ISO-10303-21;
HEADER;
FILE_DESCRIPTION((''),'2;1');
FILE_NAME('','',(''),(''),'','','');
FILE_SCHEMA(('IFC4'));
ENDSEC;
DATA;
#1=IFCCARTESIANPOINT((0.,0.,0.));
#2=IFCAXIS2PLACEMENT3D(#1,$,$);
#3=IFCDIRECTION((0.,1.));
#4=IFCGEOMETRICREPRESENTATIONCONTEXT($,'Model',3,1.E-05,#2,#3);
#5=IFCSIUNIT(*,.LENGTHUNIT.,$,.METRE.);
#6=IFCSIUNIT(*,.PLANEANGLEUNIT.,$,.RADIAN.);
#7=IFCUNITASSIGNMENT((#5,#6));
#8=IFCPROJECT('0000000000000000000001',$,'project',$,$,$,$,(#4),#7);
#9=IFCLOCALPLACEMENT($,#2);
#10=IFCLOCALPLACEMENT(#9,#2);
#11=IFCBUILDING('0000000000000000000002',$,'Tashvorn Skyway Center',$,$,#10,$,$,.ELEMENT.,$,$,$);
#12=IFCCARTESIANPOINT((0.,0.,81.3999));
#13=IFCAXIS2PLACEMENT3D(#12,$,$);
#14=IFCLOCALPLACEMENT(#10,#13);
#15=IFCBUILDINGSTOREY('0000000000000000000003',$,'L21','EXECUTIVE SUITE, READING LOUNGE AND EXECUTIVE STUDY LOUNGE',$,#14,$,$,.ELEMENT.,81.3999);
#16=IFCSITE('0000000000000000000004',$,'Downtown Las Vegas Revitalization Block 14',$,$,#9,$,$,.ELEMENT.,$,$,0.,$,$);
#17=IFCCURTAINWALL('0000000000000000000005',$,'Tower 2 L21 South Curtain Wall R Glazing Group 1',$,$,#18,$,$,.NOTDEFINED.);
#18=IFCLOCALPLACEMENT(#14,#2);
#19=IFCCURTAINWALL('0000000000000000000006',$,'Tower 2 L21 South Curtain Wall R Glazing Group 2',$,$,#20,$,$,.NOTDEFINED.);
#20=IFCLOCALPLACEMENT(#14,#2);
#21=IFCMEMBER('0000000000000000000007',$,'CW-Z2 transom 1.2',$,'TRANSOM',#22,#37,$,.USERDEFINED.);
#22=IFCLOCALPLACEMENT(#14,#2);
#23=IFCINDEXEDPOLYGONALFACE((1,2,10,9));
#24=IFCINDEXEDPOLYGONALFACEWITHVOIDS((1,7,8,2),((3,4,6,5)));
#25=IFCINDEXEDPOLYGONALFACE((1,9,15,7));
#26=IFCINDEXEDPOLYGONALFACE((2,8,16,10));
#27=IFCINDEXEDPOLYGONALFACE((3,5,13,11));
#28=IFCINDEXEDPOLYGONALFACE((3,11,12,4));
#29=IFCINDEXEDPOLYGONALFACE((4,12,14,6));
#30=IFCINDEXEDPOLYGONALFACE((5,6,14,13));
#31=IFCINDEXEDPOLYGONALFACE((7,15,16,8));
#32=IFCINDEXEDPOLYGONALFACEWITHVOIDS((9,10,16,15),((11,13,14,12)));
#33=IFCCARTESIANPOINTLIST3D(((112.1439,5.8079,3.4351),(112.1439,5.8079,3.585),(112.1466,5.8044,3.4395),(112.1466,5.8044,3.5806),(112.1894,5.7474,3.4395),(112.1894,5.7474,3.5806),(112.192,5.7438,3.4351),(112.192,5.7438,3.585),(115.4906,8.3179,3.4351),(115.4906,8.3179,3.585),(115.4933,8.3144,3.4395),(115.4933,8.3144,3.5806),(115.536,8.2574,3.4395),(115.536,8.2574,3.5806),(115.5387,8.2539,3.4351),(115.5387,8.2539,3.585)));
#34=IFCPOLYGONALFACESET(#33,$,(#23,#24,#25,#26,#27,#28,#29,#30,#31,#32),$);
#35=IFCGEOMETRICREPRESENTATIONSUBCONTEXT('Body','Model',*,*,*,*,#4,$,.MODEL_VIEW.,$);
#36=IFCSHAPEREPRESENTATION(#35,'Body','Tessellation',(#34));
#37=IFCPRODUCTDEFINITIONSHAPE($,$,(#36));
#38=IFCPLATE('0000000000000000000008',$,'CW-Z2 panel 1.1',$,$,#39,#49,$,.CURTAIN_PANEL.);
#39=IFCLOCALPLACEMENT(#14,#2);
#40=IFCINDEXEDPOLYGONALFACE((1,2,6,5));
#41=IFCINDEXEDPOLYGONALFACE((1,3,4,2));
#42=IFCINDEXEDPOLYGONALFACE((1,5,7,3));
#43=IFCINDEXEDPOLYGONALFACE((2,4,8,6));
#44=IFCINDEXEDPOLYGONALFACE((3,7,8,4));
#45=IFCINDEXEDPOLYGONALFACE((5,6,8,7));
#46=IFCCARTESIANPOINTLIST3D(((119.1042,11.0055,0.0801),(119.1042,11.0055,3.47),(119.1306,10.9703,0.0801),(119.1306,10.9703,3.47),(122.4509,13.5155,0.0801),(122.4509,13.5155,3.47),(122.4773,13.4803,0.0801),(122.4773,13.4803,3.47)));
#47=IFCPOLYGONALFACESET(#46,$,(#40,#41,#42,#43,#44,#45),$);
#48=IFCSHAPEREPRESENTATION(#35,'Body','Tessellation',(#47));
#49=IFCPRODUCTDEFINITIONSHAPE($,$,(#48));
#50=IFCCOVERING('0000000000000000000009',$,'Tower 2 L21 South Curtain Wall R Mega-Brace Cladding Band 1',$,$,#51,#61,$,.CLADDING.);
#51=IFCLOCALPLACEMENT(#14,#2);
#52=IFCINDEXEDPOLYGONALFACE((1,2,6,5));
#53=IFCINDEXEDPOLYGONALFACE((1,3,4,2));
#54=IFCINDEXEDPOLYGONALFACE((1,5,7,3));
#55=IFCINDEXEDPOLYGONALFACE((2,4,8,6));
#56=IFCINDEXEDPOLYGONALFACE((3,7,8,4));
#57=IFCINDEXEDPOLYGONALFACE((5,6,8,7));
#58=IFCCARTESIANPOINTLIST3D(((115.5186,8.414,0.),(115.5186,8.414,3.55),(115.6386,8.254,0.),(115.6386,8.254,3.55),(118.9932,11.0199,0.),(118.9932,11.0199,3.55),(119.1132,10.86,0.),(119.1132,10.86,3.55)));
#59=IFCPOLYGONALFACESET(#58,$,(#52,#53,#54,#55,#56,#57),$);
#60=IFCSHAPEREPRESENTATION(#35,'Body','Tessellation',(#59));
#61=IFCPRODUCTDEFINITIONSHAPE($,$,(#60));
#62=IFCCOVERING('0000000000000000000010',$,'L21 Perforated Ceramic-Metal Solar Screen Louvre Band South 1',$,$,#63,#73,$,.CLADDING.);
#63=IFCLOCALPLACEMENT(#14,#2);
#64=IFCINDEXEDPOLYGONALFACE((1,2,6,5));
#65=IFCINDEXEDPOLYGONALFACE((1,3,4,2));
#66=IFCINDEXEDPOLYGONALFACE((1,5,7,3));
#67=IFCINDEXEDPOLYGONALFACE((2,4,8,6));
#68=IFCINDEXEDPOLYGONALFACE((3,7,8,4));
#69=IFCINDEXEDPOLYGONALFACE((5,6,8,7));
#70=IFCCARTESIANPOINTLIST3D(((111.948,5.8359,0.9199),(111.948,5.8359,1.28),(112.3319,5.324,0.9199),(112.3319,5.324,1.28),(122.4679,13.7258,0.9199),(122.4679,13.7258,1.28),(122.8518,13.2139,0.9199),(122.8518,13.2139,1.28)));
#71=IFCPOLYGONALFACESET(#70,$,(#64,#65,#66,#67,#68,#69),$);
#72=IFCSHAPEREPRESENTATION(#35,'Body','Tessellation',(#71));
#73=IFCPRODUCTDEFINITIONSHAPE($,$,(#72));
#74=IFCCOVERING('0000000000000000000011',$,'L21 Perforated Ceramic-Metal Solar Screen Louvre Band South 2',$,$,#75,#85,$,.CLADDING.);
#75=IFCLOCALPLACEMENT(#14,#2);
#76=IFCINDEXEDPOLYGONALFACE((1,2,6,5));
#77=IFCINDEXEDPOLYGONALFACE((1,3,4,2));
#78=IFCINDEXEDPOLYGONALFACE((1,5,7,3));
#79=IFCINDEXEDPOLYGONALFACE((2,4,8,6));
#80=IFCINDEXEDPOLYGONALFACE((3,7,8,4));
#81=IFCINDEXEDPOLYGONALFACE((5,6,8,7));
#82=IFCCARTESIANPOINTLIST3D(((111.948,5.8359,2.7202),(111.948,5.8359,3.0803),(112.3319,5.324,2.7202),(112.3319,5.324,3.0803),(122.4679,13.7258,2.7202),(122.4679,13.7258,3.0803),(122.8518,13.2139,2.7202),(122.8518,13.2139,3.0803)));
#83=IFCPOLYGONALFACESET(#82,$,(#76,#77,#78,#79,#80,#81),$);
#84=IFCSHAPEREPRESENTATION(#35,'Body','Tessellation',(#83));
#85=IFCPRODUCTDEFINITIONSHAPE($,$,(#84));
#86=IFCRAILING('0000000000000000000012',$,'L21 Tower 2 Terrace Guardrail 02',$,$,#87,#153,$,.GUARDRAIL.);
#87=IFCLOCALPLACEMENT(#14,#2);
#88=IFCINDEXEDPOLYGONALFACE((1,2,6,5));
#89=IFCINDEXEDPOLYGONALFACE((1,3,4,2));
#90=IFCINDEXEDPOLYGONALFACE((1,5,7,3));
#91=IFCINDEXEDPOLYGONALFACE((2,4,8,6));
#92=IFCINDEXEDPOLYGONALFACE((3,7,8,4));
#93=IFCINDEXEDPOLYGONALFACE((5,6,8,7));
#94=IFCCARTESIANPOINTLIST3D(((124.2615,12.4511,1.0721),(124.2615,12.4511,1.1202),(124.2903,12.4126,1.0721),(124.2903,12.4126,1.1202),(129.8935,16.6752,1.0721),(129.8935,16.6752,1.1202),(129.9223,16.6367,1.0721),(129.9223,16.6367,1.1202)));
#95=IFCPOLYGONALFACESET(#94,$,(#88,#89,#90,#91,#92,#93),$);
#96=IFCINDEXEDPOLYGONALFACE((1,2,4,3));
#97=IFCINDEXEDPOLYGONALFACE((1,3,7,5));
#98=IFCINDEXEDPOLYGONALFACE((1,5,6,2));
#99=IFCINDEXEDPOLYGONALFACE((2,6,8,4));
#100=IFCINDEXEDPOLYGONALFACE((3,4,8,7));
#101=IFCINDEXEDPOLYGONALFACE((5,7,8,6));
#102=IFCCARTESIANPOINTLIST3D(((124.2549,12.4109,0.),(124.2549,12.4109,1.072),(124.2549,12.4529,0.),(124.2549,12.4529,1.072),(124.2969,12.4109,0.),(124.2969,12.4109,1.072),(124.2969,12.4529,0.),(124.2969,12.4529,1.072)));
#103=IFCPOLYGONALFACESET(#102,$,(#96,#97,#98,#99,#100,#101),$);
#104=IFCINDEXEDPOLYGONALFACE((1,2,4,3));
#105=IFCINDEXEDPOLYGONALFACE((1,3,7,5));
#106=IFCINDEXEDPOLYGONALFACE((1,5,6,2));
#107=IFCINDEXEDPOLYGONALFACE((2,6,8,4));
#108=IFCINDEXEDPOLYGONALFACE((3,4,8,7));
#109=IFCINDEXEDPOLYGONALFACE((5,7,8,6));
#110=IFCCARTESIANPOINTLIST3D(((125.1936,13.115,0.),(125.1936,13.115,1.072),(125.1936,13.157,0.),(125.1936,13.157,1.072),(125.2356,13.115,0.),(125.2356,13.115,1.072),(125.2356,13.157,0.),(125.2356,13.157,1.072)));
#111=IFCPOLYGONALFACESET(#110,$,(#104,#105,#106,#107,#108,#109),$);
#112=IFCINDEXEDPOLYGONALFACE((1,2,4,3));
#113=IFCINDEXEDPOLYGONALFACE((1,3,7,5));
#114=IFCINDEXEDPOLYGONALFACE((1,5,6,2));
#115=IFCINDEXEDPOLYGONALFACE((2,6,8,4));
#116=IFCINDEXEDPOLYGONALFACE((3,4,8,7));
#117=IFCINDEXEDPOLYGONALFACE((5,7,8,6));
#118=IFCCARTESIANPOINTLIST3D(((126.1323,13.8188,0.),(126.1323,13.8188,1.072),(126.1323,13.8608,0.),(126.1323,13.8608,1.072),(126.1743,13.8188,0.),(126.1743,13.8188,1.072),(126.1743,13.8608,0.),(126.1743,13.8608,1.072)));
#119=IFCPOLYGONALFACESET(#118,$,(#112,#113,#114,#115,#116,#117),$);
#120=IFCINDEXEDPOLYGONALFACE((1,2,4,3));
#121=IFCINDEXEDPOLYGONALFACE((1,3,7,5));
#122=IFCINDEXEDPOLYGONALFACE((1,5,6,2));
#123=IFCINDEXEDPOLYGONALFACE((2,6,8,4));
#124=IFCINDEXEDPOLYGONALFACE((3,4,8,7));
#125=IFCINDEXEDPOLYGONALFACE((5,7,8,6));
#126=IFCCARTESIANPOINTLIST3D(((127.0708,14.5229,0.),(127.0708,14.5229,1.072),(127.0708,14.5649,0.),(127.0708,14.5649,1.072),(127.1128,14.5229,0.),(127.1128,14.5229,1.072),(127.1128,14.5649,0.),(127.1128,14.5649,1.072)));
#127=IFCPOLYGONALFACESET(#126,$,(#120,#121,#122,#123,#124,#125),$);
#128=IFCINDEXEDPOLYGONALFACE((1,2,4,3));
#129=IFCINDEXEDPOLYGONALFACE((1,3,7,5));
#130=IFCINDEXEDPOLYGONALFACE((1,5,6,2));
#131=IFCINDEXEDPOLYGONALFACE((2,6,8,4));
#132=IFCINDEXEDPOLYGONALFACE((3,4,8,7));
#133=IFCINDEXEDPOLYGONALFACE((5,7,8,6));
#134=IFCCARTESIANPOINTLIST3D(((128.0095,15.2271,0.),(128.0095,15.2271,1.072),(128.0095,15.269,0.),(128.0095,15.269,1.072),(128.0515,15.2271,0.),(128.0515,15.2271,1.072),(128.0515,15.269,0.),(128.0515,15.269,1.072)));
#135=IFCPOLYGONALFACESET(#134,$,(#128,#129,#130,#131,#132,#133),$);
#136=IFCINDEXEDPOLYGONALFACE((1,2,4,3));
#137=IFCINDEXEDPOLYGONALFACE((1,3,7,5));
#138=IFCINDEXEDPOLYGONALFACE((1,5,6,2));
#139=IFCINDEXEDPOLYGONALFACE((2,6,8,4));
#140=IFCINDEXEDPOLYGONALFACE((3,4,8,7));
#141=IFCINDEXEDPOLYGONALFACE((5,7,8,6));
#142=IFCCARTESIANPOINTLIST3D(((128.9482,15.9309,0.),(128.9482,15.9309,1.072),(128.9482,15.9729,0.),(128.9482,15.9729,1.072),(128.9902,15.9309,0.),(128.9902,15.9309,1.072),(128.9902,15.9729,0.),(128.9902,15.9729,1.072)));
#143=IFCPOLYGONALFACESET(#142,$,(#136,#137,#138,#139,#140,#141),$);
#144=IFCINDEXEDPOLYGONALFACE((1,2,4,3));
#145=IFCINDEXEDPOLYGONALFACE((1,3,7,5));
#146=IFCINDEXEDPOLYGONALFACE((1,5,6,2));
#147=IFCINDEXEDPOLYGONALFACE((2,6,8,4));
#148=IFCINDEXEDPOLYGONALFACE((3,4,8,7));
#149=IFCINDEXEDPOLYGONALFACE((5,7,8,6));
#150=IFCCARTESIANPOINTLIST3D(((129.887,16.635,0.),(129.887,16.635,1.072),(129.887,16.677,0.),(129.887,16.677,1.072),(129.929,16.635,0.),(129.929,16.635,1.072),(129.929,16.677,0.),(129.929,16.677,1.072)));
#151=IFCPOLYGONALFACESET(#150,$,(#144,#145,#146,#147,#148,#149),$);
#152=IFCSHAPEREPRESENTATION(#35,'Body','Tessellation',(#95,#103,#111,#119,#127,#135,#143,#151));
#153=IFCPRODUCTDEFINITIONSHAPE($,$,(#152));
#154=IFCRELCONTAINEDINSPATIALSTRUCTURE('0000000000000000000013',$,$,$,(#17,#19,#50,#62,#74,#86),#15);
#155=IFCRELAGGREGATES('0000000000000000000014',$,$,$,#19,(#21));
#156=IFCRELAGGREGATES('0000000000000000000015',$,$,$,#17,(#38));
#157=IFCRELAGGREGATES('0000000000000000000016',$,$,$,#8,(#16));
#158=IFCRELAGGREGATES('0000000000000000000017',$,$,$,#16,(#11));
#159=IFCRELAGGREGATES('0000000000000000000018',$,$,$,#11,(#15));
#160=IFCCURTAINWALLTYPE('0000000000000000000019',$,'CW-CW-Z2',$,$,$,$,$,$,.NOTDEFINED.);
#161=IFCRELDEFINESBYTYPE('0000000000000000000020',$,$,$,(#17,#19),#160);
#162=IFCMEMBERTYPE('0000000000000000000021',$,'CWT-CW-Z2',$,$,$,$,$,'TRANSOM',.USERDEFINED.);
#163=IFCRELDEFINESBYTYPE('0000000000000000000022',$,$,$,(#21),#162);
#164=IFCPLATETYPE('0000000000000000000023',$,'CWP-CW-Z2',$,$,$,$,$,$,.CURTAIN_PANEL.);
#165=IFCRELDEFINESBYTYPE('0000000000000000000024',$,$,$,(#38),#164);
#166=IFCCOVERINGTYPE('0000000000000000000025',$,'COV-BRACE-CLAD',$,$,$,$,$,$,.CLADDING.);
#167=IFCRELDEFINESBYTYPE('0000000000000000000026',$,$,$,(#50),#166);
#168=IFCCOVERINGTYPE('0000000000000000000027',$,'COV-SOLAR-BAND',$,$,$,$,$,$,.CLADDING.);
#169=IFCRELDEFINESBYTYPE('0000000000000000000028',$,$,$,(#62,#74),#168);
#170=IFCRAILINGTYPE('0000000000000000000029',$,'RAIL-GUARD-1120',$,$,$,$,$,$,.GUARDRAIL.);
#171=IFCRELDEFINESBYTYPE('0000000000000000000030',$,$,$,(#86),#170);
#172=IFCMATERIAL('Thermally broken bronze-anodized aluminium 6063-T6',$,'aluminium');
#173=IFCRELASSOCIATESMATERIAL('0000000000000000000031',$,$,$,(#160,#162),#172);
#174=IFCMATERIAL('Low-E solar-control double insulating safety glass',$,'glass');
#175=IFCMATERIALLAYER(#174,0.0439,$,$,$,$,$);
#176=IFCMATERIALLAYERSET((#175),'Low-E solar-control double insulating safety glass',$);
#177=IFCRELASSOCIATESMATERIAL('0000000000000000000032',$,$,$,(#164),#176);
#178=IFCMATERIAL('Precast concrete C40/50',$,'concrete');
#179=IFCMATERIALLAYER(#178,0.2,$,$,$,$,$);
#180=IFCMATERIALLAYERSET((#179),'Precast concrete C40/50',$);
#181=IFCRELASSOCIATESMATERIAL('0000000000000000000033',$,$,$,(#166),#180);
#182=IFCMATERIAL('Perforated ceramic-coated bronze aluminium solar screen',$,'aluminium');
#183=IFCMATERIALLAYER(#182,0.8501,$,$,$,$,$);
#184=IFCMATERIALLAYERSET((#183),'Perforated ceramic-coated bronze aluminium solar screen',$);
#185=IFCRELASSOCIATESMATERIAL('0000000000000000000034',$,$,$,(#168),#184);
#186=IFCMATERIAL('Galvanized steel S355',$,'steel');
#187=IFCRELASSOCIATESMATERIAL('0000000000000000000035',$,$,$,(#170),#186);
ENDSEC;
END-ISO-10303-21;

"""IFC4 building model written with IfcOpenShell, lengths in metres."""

from ifc_helpers import new_model, si_unit, direction, frame, origin, origin_2d, place, context, subcontext, project, spatial, rectangle, hollow_rectangle, extrude, material, layer, layer_set, material_profile, profile_set, type_object, element, aggregate, save


model = new_model("IFC4")

# Units and contexts
model_context = context("Model", 3, precision=1e-05, world=origin(), true_north=direction((0.0, 1.0)))
body_context = subcontext(model_context, "Body", "Model", "MODEL_VIEW")
ifc_project = project(units=[si_unit("LENGTHUNIT", "METRE"), si_unit("PLANEANGLEUNIT", "RADIAN")], contexts=[model_context])

# Site, building, storey
site_placement = place(None, origin())
site = spatial("IfcSite", under=ifc_project, at=site_placement, Name="Downtown Las Vegas Revitalization Block 14", CompositionType="ELEMENT", RefElevation=0.0)
building_placement = place(site_placement, origin())
building = spatial("IfcBuilding", under=site, at=building_placement, Name="Tashvorn Skyway Center", CompositionType="ELEMENT")
storey_placement = place(building_placement, frame((0.0, 0.0, 81.3999)))
storey = spatial("IfcBuildingStorey", under=building, at=storey_placement, Name="L21", Description="EXECUTIVE SUITE, READING LOUNGE AND EXECUTIVE STUDY LOUNGE", CompositionType="ELEMENT", Elevation=81.3999)

# Curtain wall
ifc_material_1 = material(Name="Thermally broken bronze-anodized aluminium 6063-T6", Category="aluminium")
curtain_wall_type = type_object("IfcCurtainWallType", Name="CW-CW-Z2", PredefinedType="NOTDEFINED", material=ifc_material_1)
curtain_wall_1_placement = place(storey_placement, origin())
curtain_wall_1 = element("IfcCurtainWall", 1, at=curtain_wall_1_placement, inside=storey, type_object=curtain_wall_type, Name="Tower 2 L21 South Curtain Wall R Glazing Group 1", PredefinedType="NOTDEFINED")

# Curtain wall
curtain_wall_2_placement = place(storey_placement, origin())
curtain_wall_2 = element("IfcCurtainWall", 2, at=curtain_wall_2_placement, inside=storey, type_object=curtain_wall_type, Name="Tower 2 L21 South Curtain Wall R Glazing Group 2", PredefinedType="NOTDEFINED")

# Member
ifc_material_profile_1 = material_profile(ifc_material_1, hollow_rectangle(XDim=0.0801, YDim=0.1499, WallThickness=0.0044, at=origin_2d()), Name="ALU-TRAN-80x150")
ifc_profile_set_1 = profile_set([ifc_material_profile_1], Name="Thermally broken bronze-anodized aluminium 6063-T6")
member_type_1 = type_object("IfcMemberType", Name="CWT-CW-Z2", ElementType="TRANSOM", PredefinedType="USERDEFINED", material=ifc_profile_set_1)
member_1_placement = place(storey_placement, frame((115.5146, 8.2859, 3.51), z_axis=(-0.8, -0.6, 0.0), x_axis=(0.6, -0.8, 0.0)))
member_1 = element("IfcMember", 3, at=member_1_placement, type_object=member_type_1, Name="CW-Z2 transom 1.2", ObjectType="TRANSOM", PredefinedType="USERDEFINED", context=body_context, shape_type="SweptSolid", body=[
    extrude(hollow_rectangle(XDim=0.0801, YDim=0.1499, WallThickness=0.0044, at=origin_2d()), origin(), (0.0, 0.0, 1.0), 4.1833),
])
aggregate(curtain_wall_2, [member_1])

# Plate
ifc_material_2 = material(Name="Low-E solar-control double insulating safety glass", Category="glass")
ifc_layer_1 = layer(ifc_material_2, 0.0439)
ifc_layer_set_1 = layer_set([ifc_layer_1], Name="Low-E solar-control double insulating safety glass")
plate_type = type_object("IfcPlateType", Name="CWP-CW-Z2", PredefinedType="CURTAIN_PANEL", material=ifc_layer_set_1)
plate_placement = place(storey_placement, frame((120.7908, 12.2429, 0.0801), z_axis=(0.0, 0.0, 1.0), x_axis=(-0.800003, -0.599996, 0.0)))
plate = element("IfcPlate", 4, at=plate_placement, type_object=plate_type, Name="CW-Z2 panel 1.1", PredefinedType="CURTAIN_PANEL", context=body_context, shape_type="SweptSolid", body=[
    extrude(rectangle(XDim=4.1833, YDim=0.0439, at=origin_2d()), origin(), (0.0, 0.0, 1.0), 3.3899),
])
aggregate(curtain_wall_1, [plate])

# Coverings
ifc_material_3 = material(Name="Precast concrete C40/50", Category="concrete")
ifc_layer_2 = layer(ifc_material_3, 0.2)
ifc_layer_set_2 = layer_set([ifc_layer_2], Name="Precast concrete C40/50")
covering_type_1 = type_object("IfcCoveringType", Name="COV-BRACE-CLAD", PredefinedType="CLADDING", material=ifc_layer_set_2)
covering_placement = place(storey_placement, frame((117.3159, 9.637, 0.0), z_axis=(0.0, 0.0, 1.0), x_axis=(-0.8, -0.6, 0.0)))
element("IfcCovering", 5, at=covering_placement, inside=storey, type_object=covering_type_1, Name="Tower 2 L21 South Curtain Wall R Mega-Brace Cladding Band 1", PredefinedType="CLADDING", context=body_context, shape_type="SweptSolid", body=[
    extrude(rectangle(XDim=4.3433, YDim=0.2, at=origin_2d()), origin(), (0.0, 0.0, 1.0), 3.55),
])
ifc_material_4 = material(Name="Perforated ceramic-coated bronze aluminium solar screen", Category="aluminium")
ifc_layer_3 = layer(ifc_material_4, 0.8501)
ifc_layer_set_3 = layer_set([ifc_layer_3], Name="Perforated ceramic-coated bronze aluminium solar screen")
covering_type_2 = type_object("IfcCoveringType", Name="COV-SOLAR-BAND", PredefinedType="CLADDING", material=ifc_layer_set_3)
for number, where, z_axis, x_axis, name in (
    (6, (117.3999, 9.5249, 0.9199), (0.0, 0.0, 1.0), (-0.8, -0.6, 0.0), "L21 Perforated Ceramic-Metal Solar Screen Louvre Band South 1"),
    (7, (117.3999, 9.5249, 2.7202), (0.0, 0.0, 1.0), (-0.8, -0.6, 0.0), "L21 Perforated Ceramic-Metal Solar Screen Louvre Band South 2"),
):
    element("IfcCovering", number, at=place(storey_placement, frame(where, z_axis=z_axis, x_axis=x_axis)), inside=storey, type_object=covering_type_2, Name=name, PredefinedType="CLADDING", context=body_context, shape_type="SweptSolid", body=[
        extrude(rectangle(XDim=13.1499, YDim=0.6399, at=origin_2d()), origin(), (0.0, 0.0, 1.0), 0.3601),
    ])

# Railing
ifc_material_5 = material(Name="Galvanized steel S355", Category="steel")
railing_type = type_object("IfcRailingType", Name="RAIL-GUARD-1120", PredefinedType="GUARDRAIL", material=ifc_material_5)
railing_placement = place(storey_placement, frame((124.2759, 12.4319, 0.0)))
element("IfcRailing", 8, at=railing_placement, inside=storey, type_object=railing_type, Name="L21 Tower 2 Terrace Guardrail 02", PredefinedType="GUARDRAIL", context=body_context, shape_type="SweptSolid", body=[
    extrude(rectangle(XDim=0.0481, YDim=0.0481, at=origin_2d()), frame((0.0, 0.0, 1.0962), z_axis=(0.799996, 0.600006, 0.0), x_axis=(-0.600006, 0.799996, 0.0)), (0.0, 0.0, 1.0), 7.04),
    extrude(rectangle(XDim=0.042, YDim=0.042, at=origin_2d()), origin(), (0.0, 0.0, 1.0), 1.072),
    extrude(rectangle(XDim=0.042, YDim=0.042, at=origin_2d()), frame((0.9387, 0.7041, 0.0)), (0.0, 0.0, 1.0), 1.072),
    extrude(rectangle(XDim=0.042, YDim=0.042, at=origin_2d()), frame((1.8774, 1.408, 0.0)), (0.0, 0.0, 1.0), 1.072),
    extrude(rectangle(XDim=0.042, YDim=0.042, at=origin_2d()), frame((2.8159, 2.1121, 0.0)), (0.0, 0.0, 1.0), 1.072),
    extrude(rectangle(XDim=0.042, YDim=0.042, at=origin_2d()), frame((3.7546, 2.8162, 0.0)), (0.0, 0.0, 1.0), 1.072),
    extrude(rectangle(XDim=0.042, YDim=0.042, at=origin_2d()), frame((4.6934, 3.52, 0.0)), (0.0, 0.0, 1.0), 1.072),
    extrude(rectangle(XDim=0.042, YDim=0.042, at=origin_2d()), frame((5.6321, 4.2241, 0.0)), (0.0, 0.0, 1.0), 1.072),
])

save(model, "model.ifc")
